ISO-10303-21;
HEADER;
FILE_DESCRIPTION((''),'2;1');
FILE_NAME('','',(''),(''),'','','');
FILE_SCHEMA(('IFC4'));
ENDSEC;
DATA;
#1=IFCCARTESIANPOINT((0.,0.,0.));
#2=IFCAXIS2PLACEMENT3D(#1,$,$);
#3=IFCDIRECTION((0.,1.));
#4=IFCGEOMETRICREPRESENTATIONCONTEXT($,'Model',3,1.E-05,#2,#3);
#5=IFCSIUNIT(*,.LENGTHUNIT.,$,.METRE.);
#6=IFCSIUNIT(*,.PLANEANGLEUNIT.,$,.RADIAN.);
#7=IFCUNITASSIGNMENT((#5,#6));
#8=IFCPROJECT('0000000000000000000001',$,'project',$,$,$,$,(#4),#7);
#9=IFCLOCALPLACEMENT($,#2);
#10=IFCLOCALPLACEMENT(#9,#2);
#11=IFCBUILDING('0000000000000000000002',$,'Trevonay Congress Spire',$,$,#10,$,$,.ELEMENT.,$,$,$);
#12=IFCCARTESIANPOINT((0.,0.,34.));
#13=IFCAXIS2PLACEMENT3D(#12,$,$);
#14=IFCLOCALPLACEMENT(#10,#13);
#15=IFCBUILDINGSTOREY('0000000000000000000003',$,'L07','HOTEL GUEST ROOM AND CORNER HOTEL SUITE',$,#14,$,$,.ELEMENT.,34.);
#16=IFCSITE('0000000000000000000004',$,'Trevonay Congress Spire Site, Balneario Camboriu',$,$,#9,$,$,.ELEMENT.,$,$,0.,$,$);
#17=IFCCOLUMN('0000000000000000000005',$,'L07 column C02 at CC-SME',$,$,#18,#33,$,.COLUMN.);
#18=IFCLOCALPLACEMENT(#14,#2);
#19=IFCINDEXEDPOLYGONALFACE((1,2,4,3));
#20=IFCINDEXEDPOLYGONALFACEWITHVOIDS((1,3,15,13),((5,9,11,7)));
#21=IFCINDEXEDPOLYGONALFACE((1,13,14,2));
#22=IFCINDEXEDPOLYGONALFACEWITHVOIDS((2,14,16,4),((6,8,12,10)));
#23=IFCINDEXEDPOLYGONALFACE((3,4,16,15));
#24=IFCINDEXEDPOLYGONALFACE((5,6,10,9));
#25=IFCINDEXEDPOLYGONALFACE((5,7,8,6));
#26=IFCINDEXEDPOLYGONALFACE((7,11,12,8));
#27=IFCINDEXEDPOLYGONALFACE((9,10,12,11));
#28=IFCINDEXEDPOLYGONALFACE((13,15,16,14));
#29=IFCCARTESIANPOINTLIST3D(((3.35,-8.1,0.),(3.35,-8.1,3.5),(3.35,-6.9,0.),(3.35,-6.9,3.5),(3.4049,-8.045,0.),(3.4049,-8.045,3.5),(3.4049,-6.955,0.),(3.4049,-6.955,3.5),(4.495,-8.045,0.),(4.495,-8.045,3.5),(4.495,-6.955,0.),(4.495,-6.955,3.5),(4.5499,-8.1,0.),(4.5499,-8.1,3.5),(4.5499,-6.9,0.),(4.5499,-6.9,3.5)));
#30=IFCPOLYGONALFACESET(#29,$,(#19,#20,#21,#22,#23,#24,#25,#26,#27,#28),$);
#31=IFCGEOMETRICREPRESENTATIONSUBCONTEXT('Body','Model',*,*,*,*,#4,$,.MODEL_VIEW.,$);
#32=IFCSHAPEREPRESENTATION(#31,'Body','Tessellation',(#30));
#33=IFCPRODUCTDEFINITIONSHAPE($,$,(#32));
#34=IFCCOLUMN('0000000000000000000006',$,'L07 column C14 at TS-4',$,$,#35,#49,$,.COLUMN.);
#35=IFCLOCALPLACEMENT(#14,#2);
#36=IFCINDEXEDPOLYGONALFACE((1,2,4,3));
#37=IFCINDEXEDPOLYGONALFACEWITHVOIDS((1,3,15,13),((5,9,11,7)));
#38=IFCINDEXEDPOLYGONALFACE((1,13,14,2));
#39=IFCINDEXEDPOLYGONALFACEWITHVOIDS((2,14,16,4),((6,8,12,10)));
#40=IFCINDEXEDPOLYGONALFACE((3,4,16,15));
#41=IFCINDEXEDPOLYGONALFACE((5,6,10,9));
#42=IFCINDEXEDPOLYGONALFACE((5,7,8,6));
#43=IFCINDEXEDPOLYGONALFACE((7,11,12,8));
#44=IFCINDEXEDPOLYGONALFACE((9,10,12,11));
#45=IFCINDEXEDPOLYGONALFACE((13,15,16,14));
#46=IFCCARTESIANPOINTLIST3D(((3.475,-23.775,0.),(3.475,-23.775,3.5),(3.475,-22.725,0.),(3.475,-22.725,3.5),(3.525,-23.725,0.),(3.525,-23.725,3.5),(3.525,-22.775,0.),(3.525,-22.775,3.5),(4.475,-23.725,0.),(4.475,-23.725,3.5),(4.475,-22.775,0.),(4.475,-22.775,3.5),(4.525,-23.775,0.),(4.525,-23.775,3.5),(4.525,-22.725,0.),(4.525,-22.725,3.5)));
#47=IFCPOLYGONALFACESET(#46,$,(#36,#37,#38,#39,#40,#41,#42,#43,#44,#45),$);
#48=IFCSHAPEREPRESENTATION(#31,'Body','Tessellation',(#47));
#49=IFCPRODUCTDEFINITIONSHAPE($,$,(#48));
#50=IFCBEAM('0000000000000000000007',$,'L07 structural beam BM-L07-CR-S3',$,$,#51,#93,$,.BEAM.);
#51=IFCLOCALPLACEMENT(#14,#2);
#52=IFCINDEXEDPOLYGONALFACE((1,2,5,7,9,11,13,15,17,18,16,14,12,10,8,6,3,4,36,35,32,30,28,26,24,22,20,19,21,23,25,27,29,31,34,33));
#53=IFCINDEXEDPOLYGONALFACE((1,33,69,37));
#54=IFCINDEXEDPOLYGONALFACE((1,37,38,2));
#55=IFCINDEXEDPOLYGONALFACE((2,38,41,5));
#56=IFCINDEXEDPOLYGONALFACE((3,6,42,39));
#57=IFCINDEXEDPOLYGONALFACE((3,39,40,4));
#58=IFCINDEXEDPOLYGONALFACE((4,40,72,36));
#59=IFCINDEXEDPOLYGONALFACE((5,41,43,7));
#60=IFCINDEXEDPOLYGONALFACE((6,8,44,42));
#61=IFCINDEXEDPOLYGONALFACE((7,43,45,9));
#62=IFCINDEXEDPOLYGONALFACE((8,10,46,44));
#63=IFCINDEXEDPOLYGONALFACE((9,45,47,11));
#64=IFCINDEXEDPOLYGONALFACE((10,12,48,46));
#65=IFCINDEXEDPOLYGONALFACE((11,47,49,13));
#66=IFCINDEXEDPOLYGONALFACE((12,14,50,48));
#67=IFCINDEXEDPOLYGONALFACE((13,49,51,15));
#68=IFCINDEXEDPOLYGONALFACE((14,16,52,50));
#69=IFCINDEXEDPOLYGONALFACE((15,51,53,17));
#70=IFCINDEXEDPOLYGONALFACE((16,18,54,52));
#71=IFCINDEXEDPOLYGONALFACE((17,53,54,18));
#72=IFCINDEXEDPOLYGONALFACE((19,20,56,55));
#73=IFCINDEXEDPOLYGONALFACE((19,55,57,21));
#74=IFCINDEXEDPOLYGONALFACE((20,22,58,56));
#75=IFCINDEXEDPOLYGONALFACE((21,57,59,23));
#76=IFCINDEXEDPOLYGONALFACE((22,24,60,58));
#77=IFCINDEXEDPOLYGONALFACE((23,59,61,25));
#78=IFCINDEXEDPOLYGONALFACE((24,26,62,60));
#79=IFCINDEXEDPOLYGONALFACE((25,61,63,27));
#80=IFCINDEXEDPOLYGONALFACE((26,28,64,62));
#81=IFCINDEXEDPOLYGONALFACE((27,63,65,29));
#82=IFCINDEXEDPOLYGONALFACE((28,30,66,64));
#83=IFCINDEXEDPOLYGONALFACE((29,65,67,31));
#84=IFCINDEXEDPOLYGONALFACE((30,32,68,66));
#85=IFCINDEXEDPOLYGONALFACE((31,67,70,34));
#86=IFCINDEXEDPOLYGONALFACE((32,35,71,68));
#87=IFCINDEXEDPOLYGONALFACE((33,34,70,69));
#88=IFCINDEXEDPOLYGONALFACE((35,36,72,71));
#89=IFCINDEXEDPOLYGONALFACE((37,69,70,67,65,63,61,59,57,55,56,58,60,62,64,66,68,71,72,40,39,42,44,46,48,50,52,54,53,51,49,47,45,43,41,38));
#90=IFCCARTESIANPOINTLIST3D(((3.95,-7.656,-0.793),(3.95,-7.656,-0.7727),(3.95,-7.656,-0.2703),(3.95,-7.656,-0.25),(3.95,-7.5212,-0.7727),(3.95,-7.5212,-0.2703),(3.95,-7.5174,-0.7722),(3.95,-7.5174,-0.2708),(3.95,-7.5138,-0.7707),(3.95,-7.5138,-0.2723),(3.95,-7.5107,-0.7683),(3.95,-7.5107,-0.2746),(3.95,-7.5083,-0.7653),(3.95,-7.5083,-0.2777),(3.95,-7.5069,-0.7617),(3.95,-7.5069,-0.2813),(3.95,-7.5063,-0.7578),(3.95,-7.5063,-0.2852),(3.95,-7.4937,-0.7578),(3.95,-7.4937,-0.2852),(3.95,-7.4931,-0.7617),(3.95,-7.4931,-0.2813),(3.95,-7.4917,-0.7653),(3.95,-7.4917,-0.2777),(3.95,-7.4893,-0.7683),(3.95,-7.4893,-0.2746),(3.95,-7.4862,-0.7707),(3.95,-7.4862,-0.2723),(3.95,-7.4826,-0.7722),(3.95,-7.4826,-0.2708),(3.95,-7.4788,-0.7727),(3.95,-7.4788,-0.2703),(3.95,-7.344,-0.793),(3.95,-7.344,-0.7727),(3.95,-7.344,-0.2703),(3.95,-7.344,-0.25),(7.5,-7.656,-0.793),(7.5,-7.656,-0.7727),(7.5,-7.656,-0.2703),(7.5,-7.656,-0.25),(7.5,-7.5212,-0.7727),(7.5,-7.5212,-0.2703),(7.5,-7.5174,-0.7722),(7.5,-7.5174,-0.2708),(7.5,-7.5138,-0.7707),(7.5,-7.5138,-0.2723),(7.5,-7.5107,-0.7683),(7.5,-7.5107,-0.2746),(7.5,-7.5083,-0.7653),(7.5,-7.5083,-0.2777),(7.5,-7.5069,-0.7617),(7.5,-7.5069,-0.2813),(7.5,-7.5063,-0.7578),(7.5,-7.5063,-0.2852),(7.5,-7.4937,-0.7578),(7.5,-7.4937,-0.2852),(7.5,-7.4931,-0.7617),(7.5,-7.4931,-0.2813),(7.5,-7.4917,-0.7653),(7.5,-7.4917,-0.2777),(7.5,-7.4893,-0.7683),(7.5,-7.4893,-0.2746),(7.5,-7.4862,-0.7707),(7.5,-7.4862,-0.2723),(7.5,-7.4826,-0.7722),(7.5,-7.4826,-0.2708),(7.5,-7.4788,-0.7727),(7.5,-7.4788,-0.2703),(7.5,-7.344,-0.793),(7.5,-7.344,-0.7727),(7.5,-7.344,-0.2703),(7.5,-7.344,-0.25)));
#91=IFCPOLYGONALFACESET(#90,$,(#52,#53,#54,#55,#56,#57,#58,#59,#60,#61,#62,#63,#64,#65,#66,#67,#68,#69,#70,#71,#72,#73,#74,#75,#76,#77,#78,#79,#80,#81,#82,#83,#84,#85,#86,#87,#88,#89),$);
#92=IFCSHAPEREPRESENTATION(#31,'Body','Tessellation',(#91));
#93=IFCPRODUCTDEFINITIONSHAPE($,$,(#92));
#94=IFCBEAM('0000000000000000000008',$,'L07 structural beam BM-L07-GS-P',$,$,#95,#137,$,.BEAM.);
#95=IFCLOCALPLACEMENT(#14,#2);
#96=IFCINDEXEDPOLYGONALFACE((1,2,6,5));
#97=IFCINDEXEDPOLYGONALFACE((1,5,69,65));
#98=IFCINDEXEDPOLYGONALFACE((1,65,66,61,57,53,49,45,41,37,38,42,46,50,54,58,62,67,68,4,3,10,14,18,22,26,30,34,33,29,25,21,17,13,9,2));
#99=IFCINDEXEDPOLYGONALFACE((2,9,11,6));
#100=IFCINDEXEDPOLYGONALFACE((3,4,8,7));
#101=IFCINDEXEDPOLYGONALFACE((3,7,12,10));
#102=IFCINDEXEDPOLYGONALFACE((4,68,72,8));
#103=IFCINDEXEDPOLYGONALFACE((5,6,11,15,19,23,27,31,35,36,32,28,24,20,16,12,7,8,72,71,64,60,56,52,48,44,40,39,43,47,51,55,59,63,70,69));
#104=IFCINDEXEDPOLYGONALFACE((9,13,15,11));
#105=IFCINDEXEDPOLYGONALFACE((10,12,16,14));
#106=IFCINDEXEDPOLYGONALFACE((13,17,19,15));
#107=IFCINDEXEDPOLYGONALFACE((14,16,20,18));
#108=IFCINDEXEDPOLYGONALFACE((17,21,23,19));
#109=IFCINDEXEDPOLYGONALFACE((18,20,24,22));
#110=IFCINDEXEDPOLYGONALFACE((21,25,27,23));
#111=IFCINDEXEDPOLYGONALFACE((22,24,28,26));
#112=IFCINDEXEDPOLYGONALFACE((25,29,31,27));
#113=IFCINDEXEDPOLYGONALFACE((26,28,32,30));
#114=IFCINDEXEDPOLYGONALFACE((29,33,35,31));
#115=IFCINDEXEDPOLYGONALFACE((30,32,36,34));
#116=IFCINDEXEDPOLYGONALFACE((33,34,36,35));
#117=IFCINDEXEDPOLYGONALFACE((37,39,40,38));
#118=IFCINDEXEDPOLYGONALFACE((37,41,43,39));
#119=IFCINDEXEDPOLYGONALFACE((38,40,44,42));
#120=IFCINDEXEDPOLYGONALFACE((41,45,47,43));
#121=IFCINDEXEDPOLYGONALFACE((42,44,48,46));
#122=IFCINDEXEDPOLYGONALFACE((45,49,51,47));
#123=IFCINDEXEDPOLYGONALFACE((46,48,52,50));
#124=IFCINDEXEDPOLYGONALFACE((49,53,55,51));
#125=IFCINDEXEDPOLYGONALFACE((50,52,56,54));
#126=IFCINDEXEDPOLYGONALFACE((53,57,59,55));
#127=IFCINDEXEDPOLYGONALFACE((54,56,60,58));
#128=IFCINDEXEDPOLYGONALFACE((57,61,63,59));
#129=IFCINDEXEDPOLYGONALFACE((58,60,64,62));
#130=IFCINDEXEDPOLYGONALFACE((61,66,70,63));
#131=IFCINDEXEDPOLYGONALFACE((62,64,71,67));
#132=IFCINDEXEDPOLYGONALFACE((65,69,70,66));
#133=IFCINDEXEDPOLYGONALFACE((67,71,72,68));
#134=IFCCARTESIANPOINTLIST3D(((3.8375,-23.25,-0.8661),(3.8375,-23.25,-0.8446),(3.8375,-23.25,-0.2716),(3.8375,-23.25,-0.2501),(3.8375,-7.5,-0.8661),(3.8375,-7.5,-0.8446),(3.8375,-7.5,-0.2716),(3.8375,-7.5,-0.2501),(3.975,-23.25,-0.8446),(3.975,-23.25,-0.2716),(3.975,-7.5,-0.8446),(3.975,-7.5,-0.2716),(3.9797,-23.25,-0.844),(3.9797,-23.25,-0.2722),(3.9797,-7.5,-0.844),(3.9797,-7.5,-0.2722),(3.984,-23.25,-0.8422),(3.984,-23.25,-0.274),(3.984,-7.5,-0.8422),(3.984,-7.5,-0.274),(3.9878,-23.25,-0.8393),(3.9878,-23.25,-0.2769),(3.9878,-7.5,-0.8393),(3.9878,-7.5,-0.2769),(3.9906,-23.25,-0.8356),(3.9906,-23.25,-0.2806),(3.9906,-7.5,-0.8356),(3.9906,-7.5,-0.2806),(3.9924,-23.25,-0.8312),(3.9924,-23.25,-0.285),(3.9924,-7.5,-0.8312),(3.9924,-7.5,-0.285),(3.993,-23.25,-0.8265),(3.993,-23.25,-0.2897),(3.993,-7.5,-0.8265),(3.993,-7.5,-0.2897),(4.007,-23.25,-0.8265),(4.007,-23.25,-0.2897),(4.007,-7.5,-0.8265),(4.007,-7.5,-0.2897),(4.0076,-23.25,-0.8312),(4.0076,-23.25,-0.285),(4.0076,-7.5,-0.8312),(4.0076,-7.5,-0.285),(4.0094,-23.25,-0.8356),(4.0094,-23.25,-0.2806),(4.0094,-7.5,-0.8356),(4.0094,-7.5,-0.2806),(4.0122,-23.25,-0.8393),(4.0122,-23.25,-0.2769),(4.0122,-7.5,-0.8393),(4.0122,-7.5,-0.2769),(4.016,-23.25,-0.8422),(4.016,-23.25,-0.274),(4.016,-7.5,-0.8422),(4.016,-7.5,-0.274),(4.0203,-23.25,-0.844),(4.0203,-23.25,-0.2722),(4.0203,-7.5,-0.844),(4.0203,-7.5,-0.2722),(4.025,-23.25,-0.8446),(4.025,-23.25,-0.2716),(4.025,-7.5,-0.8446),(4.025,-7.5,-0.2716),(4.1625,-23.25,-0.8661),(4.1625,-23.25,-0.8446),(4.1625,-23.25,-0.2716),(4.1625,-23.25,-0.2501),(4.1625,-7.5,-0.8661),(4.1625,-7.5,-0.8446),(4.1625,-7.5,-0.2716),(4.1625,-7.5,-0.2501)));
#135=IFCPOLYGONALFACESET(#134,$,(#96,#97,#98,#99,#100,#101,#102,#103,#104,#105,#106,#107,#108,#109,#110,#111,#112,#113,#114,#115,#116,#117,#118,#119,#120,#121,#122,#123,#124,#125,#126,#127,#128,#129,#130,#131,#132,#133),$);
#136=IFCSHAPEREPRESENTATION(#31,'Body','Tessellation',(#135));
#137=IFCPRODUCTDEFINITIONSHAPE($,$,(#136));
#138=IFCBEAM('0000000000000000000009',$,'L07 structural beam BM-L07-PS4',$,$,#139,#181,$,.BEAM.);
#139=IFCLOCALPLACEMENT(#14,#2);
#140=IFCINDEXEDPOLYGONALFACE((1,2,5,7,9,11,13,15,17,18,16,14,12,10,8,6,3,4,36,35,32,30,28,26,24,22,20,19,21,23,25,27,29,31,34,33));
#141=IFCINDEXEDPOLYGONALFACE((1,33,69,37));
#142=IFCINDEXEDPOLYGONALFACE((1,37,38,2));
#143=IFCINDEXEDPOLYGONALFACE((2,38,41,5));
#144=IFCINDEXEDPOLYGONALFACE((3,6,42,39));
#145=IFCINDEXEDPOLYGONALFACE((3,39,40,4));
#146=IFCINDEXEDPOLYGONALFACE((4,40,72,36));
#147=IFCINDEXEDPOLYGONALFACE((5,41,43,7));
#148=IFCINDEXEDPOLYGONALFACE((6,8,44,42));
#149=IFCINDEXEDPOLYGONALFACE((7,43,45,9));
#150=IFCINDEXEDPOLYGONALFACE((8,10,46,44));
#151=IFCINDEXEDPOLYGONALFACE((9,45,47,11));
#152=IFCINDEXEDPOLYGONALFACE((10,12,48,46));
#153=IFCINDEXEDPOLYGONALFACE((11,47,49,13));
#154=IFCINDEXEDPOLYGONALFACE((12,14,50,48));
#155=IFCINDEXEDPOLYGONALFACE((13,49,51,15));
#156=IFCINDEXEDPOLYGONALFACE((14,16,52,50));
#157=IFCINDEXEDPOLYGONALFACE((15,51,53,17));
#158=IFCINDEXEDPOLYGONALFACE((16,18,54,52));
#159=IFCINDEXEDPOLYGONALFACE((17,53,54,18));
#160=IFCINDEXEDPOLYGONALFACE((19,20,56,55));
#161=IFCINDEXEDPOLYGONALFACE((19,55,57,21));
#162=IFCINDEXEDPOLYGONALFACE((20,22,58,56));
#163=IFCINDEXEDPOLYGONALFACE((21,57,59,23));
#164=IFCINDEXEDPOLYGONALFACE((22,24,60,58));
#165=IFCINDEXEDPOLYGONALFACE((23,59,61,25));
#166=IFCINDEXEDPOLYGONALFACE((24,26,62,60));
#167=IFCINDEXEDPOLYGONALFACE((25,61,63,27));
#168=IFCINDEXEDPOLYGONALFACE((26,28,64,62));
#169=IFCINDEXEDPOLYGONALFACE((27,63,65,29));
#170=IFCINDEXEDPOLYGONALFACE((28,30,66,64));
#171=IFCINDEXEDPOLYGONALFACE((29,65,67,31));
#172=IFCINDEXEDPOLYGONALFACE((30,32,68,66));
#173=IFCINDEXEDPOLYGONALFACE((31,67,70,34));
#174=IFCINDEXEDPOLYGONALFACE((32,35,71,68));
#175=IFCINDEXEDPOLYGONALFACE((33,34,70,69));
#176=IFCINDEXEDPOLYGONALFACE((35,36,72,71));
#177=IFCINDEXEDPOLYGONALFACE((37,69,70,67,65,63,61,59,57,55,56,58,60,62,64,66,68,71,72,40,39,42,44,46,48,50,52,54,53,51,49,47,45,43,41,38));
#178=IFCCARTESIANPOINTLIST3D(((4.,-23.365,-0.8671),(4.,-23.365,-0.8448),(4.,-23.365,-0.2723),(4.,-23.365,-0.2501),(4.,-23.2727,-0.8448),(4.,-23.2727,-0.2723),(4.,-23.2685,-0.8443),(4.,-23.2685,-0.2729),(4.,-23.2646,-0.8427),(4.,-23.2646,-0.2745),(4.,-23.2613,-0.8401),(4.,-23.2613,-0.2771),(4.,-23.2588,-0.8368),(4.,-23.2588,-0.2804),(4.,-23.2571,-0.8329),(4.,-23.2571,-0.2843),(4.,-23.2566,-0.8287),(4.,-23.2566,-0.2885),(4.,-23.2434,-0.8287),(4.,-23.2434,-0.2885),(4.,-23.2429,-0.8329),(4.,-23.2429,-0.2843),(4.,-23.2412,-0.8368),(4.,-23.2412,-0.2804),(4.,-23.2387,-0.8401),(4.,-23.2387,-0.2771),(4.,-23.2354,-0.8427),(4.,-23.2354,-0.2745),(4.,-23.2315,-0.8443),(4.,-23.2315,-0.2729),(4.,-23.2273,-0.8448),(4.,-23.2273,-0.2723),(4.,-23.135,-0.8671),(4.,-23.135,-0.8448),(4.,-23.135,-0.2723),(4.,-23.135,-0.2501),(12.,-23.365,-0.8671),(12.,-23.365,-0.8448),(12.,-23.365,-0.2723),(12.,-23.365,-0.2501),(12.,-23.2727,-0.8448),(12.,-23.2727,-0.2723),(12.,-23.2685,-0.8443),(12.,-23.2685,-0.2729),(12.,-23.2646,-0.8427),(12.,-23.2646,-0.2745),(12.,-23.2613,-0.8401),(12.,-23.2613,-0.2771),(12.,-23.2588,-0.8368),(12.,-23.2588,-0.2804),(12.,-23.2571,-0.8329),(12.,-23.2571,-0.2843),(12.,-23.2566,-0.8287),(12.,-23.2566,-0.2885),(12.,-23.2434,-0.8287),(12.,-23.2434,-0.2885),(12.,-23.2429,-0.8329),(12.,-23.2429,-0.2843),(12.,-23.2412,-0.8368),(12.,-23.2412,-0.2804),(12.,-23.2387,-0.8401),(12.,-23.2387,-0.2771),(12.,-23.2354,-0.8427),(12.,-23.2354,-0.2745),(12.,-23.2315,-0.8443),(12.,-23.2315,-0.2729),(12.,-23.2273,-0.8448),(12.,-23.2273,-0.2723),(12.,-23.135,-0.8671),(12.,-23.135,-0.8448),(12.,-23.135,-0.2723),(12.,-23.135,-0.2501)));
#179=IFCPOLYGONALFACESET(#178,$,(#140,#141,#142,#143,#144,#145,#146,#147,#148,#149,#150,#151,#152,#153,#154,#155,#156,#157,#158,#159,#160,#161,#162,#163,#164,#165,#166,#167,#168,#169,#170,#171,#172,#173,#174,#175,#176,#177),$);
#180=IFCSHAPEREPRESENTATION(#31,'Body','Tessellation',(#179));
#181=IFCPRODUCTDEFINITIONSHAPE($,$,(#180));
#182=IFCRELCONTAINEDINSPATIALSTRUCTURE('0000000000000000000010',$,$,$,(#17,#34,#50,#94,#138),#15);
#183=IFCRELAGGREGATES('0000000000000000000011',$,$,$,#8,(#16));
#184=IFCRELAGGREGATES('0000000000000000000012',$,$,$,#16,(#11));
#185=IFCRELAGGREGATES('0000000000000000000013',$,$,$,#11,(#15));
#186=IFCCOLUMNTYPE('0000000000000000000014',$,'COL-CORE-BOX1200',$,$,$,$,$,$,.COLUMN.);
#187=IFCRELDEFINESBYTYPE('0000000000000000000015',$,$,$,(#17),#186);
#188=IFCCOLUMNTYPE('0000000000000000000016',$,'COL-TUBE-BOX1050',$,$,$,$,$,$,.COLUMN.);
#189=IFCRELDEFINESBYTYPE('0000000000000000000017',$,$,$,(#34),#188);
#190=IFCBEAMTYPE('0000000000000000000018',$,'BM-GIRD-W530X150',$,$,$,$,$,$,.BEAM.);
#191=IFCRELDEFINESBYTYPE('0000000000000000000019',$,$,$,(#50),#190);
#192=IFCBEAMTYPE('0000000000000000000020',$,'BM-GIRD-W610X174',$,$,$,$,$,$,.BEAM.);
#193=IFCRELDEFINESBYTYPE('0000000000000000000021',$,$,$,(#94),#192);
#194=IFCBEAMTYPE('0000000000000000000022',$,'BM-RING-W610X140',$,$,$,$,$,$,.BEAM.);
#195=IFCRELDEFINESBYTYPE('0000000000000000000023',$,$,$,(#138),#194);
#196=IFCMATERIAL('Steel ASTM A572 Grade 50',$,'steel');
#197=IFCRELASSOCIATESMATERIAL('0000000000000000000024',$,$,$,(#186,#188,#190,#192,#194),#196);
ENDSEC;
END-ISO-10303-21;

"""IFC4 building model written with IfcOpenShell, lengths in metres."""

from ifc_helpers import new_model, si_unit, direction, frame, origin, origin_2d, place, context, subcontext, project, spatial, hollow_rectangle, i_section, extrude, material, material_profile, profile_set, type_object, element, save


model = new_model("IFC4")

# Units and contexts
model_context = context("Model", 3, precision=1e-05, world=origin(), true_north=direction((0.0, 1.0)))
body_context = subcontext(model_context, "Body", "Model", "MODEL_VIEW")
ifc_project = project(units=[si_unit("LENGTHUNIT", "METRE"), si_unit("PLANEANGLEUNIT", "RADIAN")], contexts=[model_context])

# Site, building, storey
site_placement = place(None, origin())
site = spatial("IfcSite", under=ifc_project, at=site_placement, Name="Trevonay Congress Spire Site, Balneario Camboriu", CompositionType="ELEMENT", RefElevation=0.0)
building_placement = place(site_placement, origin())
building = spatial("IfcBuilding", under=site, at=building_placement, Name="Trevonay Congress Spire", CompositionType="ELEMENT")
storey_placement = place(building_placement, frame((0.0, 0.0, 34.0)))
storey = spatial("IfcBuildingStorey", under=building, at=storey_placement, Name="L07", Description="HOTEL GUEST ROOM AND CORNER HOTEL SUITE", CompositionType="ELEMENT", Elevation=34.0)

# Columns
ifc_material_1 = material(Name="Steel ASTM A572 Grade 50", Category="steel")
ifc_material_profile_1 = material_profile(ifc_material_1, hollow_rectangle(XDim=1.2, YDim=1.2, WallThickness=0.0549, at=origin_2d()), Name="BOX 1200x1200x55")
ifc_profile_set_1 = profile_set([ifc_material_profile_1], Name="Steel ASTM A572 Grade 50")
column_type_1 = type_object("IfcColumnType", Name="COL-CORE-BOX1200", PredefinedType="COLUMN", material=ifc_profile_set_1)
column_1_placement = place(storey_placement, frame((3.95, -7.5, 0.0), z_axis=(0.0, 0.0, 1.0), x_axis=(1.0, 0.0, 0.0)))
element("IfcColumn", 1, at=column_1_placement, inside=storey, type_object=column_type_1, Name="L07 column C02 at CC-SME", PredefinedType="COLUMN", context=body_context, shape_type="SweptSolid", body=[
    extrude(hollow_rectangle(XDim=1.2, YDim=1.2, WallThickness=0.0549, at=origin_2d()), origin(), (0.0, 0.0, 1.0), 3.5),
])
ifc_material_profile_2 = material_profile(ifc_material_1, hollow_rectangle(XDim=1.05, YDim=1.05, WallThickness=0.05, at=origin_2d()), Name="BOX 1050x1050x50")
ifc_profile_set_2 = profile_set([ifc_material_profile_2], Name="Steel ASTM A572 Grade 50")
column_type_2 = type_object("IfcColumnType", Name="COL-TUBE-BOX1050", PredefinedType="COLUMN", material=ifc_profile_set_2)
column_2_placement = place(storey_placement, frame((4.0, -23.25, 0.0), z_axis=(0.0, 0.0, 1.0), x_axis=(1.0, 0.0, 0.0)))
element("IfcColumn", 2, at=column_2_placement, inside=storey, type_object=column_type_2, Name="L07 column C14 at TS-4", PredefinedType="COLUMN", context=body_context, shape_type="SweptSolid", body=[
    extrude(hollow_rectangle(XDim=1.05, YDim=1.05, WallThickness=0.05, at=origin_2d()), origin(), (0.0, 0.0, 1.0), 3.5),
])

# Beams
ifc_material_profile_3 = material_profile(ifc_material_1, i_section(OverallWidth=0.312, OverallDepth=0.543, WebThickness=0.0127, FlangeThickness=0.0203, FilletRadius=0.0149, at=origin_2d()), Name="W530x150")
ifc_profile_set_3 = profile_set([ifc_material_profile_3], Name="Steel ASTM A572 Grade 50")
beam_type_1 = type_object("IfcBeamType", Name="BM-GIRD-W530X150", PredefinedType="BEAM", material=ifc_profile_set_3)
beam_1_placement = place(storey_placement, frame((3.95, -7.5, -0.5215), z_axis=(1.0, 0.0, 0.0), x_axis=(0.0, 1.0, 0.0)))
element("IfcBeam", 3, at=beam_1_placement, inside=storey, type_object=beam_type_1, Name="L07 structural beam BM-L07-CR-S3", PredefinedType="BEAM", context=body_context, shape_type="SweptSolid", body=[
    extrude(i_section(OverallWidth=0.312, OverallDepth=0.543, WebThickness=0.0127, FlangeThickness=0.0203, FilletRadius=0.0149, at=origin_2d()), origin(), (0.0, 0.0, 1.0), 3.55),
])
ifc_material_profile_4 = material_profile(ifc_material_1, i_section(OverallWidth=0.325, OverallDepth=0.616, WebThickness=0.0139, FlangeThickness=0.0215, FilletRadius=0.0181, at=origin_2d()), Name="W610x174")
ifc_profile_set_4 = profile_set([ifc_material_profile_4], Name="Steel ASTM A572 Grade 50")
beam_type_2 = type_object("IfcBeamType", Name="BM-GIRD-W610X174", PredefinedType="BEAM", material=ifc_profile_set_4)
beam_2_placement = place(storey_placement, frame((4.0, -7.5, -0.5581), z_axis=(0.0, -1.0, 0.0), x_axis=(1.0, 0.0, 0.0)))
element("IfcBeam", 4, at=beam_2_placement, inside=storey, type_object=beam_type_2, Name="L07 structural beam BM-L07-GS-P", PredefinedType="BEAM", context=body_context, shape_type="SweptSolid", body=[
    extrude(i_section(OverallWidth=0.325, OverallDepth=0.616, WebThickness=0.0139, FlangeThickness=0.0215, FilletRadius=0.0181, at=origin_2d()), origin(), (0.0, 0.0, 1.0), 15.75),
])
ifc_material_profile_5 = material_profile(ifc_material_1, i_section(OverallWidth=0.23, OverallDepth=0.6169, WebThickness=0.0132, FlangeThickness=0.0222, FilletRadius=0.0161, at=origin_2d()), Name="W610x140")
ifc_profile_set_5 = profile_set([ifc_material_profile_5], Name="Steel ASTM A572 Grade 50")
beam_type_3 = type_object("IfcBeamType", Name="BM-RING-W610X140", PredefinedType="BEAM", material=ifc_profile_set_5)
beam_3_placement = place(storey_placement, frame((4.0, -23.25, -0.5586), z_axis=(1.0, 0.0, 0.0), x_axis=(0.0, 1.0, 0.0)))
element("IfcBeam", 5, at=beam_3_placement, inside=storey, type_object=beam_type_3, Name="L07 structural beam BM-L07-PS4", PredefinedType="BEAM", context=body_context, shape_type="SweptSolid", body=[
    extrude(i_section(OverallWidth=0.23, OverallDepth=0.6169, WebThickness=0.0132, FlangeThickness=0.0222, FilletRadius=0.0161, at=origin_2d()), origin(), (0.0, 0.0, 1.0), 8.0),
])

save(model, "model.ifc")
